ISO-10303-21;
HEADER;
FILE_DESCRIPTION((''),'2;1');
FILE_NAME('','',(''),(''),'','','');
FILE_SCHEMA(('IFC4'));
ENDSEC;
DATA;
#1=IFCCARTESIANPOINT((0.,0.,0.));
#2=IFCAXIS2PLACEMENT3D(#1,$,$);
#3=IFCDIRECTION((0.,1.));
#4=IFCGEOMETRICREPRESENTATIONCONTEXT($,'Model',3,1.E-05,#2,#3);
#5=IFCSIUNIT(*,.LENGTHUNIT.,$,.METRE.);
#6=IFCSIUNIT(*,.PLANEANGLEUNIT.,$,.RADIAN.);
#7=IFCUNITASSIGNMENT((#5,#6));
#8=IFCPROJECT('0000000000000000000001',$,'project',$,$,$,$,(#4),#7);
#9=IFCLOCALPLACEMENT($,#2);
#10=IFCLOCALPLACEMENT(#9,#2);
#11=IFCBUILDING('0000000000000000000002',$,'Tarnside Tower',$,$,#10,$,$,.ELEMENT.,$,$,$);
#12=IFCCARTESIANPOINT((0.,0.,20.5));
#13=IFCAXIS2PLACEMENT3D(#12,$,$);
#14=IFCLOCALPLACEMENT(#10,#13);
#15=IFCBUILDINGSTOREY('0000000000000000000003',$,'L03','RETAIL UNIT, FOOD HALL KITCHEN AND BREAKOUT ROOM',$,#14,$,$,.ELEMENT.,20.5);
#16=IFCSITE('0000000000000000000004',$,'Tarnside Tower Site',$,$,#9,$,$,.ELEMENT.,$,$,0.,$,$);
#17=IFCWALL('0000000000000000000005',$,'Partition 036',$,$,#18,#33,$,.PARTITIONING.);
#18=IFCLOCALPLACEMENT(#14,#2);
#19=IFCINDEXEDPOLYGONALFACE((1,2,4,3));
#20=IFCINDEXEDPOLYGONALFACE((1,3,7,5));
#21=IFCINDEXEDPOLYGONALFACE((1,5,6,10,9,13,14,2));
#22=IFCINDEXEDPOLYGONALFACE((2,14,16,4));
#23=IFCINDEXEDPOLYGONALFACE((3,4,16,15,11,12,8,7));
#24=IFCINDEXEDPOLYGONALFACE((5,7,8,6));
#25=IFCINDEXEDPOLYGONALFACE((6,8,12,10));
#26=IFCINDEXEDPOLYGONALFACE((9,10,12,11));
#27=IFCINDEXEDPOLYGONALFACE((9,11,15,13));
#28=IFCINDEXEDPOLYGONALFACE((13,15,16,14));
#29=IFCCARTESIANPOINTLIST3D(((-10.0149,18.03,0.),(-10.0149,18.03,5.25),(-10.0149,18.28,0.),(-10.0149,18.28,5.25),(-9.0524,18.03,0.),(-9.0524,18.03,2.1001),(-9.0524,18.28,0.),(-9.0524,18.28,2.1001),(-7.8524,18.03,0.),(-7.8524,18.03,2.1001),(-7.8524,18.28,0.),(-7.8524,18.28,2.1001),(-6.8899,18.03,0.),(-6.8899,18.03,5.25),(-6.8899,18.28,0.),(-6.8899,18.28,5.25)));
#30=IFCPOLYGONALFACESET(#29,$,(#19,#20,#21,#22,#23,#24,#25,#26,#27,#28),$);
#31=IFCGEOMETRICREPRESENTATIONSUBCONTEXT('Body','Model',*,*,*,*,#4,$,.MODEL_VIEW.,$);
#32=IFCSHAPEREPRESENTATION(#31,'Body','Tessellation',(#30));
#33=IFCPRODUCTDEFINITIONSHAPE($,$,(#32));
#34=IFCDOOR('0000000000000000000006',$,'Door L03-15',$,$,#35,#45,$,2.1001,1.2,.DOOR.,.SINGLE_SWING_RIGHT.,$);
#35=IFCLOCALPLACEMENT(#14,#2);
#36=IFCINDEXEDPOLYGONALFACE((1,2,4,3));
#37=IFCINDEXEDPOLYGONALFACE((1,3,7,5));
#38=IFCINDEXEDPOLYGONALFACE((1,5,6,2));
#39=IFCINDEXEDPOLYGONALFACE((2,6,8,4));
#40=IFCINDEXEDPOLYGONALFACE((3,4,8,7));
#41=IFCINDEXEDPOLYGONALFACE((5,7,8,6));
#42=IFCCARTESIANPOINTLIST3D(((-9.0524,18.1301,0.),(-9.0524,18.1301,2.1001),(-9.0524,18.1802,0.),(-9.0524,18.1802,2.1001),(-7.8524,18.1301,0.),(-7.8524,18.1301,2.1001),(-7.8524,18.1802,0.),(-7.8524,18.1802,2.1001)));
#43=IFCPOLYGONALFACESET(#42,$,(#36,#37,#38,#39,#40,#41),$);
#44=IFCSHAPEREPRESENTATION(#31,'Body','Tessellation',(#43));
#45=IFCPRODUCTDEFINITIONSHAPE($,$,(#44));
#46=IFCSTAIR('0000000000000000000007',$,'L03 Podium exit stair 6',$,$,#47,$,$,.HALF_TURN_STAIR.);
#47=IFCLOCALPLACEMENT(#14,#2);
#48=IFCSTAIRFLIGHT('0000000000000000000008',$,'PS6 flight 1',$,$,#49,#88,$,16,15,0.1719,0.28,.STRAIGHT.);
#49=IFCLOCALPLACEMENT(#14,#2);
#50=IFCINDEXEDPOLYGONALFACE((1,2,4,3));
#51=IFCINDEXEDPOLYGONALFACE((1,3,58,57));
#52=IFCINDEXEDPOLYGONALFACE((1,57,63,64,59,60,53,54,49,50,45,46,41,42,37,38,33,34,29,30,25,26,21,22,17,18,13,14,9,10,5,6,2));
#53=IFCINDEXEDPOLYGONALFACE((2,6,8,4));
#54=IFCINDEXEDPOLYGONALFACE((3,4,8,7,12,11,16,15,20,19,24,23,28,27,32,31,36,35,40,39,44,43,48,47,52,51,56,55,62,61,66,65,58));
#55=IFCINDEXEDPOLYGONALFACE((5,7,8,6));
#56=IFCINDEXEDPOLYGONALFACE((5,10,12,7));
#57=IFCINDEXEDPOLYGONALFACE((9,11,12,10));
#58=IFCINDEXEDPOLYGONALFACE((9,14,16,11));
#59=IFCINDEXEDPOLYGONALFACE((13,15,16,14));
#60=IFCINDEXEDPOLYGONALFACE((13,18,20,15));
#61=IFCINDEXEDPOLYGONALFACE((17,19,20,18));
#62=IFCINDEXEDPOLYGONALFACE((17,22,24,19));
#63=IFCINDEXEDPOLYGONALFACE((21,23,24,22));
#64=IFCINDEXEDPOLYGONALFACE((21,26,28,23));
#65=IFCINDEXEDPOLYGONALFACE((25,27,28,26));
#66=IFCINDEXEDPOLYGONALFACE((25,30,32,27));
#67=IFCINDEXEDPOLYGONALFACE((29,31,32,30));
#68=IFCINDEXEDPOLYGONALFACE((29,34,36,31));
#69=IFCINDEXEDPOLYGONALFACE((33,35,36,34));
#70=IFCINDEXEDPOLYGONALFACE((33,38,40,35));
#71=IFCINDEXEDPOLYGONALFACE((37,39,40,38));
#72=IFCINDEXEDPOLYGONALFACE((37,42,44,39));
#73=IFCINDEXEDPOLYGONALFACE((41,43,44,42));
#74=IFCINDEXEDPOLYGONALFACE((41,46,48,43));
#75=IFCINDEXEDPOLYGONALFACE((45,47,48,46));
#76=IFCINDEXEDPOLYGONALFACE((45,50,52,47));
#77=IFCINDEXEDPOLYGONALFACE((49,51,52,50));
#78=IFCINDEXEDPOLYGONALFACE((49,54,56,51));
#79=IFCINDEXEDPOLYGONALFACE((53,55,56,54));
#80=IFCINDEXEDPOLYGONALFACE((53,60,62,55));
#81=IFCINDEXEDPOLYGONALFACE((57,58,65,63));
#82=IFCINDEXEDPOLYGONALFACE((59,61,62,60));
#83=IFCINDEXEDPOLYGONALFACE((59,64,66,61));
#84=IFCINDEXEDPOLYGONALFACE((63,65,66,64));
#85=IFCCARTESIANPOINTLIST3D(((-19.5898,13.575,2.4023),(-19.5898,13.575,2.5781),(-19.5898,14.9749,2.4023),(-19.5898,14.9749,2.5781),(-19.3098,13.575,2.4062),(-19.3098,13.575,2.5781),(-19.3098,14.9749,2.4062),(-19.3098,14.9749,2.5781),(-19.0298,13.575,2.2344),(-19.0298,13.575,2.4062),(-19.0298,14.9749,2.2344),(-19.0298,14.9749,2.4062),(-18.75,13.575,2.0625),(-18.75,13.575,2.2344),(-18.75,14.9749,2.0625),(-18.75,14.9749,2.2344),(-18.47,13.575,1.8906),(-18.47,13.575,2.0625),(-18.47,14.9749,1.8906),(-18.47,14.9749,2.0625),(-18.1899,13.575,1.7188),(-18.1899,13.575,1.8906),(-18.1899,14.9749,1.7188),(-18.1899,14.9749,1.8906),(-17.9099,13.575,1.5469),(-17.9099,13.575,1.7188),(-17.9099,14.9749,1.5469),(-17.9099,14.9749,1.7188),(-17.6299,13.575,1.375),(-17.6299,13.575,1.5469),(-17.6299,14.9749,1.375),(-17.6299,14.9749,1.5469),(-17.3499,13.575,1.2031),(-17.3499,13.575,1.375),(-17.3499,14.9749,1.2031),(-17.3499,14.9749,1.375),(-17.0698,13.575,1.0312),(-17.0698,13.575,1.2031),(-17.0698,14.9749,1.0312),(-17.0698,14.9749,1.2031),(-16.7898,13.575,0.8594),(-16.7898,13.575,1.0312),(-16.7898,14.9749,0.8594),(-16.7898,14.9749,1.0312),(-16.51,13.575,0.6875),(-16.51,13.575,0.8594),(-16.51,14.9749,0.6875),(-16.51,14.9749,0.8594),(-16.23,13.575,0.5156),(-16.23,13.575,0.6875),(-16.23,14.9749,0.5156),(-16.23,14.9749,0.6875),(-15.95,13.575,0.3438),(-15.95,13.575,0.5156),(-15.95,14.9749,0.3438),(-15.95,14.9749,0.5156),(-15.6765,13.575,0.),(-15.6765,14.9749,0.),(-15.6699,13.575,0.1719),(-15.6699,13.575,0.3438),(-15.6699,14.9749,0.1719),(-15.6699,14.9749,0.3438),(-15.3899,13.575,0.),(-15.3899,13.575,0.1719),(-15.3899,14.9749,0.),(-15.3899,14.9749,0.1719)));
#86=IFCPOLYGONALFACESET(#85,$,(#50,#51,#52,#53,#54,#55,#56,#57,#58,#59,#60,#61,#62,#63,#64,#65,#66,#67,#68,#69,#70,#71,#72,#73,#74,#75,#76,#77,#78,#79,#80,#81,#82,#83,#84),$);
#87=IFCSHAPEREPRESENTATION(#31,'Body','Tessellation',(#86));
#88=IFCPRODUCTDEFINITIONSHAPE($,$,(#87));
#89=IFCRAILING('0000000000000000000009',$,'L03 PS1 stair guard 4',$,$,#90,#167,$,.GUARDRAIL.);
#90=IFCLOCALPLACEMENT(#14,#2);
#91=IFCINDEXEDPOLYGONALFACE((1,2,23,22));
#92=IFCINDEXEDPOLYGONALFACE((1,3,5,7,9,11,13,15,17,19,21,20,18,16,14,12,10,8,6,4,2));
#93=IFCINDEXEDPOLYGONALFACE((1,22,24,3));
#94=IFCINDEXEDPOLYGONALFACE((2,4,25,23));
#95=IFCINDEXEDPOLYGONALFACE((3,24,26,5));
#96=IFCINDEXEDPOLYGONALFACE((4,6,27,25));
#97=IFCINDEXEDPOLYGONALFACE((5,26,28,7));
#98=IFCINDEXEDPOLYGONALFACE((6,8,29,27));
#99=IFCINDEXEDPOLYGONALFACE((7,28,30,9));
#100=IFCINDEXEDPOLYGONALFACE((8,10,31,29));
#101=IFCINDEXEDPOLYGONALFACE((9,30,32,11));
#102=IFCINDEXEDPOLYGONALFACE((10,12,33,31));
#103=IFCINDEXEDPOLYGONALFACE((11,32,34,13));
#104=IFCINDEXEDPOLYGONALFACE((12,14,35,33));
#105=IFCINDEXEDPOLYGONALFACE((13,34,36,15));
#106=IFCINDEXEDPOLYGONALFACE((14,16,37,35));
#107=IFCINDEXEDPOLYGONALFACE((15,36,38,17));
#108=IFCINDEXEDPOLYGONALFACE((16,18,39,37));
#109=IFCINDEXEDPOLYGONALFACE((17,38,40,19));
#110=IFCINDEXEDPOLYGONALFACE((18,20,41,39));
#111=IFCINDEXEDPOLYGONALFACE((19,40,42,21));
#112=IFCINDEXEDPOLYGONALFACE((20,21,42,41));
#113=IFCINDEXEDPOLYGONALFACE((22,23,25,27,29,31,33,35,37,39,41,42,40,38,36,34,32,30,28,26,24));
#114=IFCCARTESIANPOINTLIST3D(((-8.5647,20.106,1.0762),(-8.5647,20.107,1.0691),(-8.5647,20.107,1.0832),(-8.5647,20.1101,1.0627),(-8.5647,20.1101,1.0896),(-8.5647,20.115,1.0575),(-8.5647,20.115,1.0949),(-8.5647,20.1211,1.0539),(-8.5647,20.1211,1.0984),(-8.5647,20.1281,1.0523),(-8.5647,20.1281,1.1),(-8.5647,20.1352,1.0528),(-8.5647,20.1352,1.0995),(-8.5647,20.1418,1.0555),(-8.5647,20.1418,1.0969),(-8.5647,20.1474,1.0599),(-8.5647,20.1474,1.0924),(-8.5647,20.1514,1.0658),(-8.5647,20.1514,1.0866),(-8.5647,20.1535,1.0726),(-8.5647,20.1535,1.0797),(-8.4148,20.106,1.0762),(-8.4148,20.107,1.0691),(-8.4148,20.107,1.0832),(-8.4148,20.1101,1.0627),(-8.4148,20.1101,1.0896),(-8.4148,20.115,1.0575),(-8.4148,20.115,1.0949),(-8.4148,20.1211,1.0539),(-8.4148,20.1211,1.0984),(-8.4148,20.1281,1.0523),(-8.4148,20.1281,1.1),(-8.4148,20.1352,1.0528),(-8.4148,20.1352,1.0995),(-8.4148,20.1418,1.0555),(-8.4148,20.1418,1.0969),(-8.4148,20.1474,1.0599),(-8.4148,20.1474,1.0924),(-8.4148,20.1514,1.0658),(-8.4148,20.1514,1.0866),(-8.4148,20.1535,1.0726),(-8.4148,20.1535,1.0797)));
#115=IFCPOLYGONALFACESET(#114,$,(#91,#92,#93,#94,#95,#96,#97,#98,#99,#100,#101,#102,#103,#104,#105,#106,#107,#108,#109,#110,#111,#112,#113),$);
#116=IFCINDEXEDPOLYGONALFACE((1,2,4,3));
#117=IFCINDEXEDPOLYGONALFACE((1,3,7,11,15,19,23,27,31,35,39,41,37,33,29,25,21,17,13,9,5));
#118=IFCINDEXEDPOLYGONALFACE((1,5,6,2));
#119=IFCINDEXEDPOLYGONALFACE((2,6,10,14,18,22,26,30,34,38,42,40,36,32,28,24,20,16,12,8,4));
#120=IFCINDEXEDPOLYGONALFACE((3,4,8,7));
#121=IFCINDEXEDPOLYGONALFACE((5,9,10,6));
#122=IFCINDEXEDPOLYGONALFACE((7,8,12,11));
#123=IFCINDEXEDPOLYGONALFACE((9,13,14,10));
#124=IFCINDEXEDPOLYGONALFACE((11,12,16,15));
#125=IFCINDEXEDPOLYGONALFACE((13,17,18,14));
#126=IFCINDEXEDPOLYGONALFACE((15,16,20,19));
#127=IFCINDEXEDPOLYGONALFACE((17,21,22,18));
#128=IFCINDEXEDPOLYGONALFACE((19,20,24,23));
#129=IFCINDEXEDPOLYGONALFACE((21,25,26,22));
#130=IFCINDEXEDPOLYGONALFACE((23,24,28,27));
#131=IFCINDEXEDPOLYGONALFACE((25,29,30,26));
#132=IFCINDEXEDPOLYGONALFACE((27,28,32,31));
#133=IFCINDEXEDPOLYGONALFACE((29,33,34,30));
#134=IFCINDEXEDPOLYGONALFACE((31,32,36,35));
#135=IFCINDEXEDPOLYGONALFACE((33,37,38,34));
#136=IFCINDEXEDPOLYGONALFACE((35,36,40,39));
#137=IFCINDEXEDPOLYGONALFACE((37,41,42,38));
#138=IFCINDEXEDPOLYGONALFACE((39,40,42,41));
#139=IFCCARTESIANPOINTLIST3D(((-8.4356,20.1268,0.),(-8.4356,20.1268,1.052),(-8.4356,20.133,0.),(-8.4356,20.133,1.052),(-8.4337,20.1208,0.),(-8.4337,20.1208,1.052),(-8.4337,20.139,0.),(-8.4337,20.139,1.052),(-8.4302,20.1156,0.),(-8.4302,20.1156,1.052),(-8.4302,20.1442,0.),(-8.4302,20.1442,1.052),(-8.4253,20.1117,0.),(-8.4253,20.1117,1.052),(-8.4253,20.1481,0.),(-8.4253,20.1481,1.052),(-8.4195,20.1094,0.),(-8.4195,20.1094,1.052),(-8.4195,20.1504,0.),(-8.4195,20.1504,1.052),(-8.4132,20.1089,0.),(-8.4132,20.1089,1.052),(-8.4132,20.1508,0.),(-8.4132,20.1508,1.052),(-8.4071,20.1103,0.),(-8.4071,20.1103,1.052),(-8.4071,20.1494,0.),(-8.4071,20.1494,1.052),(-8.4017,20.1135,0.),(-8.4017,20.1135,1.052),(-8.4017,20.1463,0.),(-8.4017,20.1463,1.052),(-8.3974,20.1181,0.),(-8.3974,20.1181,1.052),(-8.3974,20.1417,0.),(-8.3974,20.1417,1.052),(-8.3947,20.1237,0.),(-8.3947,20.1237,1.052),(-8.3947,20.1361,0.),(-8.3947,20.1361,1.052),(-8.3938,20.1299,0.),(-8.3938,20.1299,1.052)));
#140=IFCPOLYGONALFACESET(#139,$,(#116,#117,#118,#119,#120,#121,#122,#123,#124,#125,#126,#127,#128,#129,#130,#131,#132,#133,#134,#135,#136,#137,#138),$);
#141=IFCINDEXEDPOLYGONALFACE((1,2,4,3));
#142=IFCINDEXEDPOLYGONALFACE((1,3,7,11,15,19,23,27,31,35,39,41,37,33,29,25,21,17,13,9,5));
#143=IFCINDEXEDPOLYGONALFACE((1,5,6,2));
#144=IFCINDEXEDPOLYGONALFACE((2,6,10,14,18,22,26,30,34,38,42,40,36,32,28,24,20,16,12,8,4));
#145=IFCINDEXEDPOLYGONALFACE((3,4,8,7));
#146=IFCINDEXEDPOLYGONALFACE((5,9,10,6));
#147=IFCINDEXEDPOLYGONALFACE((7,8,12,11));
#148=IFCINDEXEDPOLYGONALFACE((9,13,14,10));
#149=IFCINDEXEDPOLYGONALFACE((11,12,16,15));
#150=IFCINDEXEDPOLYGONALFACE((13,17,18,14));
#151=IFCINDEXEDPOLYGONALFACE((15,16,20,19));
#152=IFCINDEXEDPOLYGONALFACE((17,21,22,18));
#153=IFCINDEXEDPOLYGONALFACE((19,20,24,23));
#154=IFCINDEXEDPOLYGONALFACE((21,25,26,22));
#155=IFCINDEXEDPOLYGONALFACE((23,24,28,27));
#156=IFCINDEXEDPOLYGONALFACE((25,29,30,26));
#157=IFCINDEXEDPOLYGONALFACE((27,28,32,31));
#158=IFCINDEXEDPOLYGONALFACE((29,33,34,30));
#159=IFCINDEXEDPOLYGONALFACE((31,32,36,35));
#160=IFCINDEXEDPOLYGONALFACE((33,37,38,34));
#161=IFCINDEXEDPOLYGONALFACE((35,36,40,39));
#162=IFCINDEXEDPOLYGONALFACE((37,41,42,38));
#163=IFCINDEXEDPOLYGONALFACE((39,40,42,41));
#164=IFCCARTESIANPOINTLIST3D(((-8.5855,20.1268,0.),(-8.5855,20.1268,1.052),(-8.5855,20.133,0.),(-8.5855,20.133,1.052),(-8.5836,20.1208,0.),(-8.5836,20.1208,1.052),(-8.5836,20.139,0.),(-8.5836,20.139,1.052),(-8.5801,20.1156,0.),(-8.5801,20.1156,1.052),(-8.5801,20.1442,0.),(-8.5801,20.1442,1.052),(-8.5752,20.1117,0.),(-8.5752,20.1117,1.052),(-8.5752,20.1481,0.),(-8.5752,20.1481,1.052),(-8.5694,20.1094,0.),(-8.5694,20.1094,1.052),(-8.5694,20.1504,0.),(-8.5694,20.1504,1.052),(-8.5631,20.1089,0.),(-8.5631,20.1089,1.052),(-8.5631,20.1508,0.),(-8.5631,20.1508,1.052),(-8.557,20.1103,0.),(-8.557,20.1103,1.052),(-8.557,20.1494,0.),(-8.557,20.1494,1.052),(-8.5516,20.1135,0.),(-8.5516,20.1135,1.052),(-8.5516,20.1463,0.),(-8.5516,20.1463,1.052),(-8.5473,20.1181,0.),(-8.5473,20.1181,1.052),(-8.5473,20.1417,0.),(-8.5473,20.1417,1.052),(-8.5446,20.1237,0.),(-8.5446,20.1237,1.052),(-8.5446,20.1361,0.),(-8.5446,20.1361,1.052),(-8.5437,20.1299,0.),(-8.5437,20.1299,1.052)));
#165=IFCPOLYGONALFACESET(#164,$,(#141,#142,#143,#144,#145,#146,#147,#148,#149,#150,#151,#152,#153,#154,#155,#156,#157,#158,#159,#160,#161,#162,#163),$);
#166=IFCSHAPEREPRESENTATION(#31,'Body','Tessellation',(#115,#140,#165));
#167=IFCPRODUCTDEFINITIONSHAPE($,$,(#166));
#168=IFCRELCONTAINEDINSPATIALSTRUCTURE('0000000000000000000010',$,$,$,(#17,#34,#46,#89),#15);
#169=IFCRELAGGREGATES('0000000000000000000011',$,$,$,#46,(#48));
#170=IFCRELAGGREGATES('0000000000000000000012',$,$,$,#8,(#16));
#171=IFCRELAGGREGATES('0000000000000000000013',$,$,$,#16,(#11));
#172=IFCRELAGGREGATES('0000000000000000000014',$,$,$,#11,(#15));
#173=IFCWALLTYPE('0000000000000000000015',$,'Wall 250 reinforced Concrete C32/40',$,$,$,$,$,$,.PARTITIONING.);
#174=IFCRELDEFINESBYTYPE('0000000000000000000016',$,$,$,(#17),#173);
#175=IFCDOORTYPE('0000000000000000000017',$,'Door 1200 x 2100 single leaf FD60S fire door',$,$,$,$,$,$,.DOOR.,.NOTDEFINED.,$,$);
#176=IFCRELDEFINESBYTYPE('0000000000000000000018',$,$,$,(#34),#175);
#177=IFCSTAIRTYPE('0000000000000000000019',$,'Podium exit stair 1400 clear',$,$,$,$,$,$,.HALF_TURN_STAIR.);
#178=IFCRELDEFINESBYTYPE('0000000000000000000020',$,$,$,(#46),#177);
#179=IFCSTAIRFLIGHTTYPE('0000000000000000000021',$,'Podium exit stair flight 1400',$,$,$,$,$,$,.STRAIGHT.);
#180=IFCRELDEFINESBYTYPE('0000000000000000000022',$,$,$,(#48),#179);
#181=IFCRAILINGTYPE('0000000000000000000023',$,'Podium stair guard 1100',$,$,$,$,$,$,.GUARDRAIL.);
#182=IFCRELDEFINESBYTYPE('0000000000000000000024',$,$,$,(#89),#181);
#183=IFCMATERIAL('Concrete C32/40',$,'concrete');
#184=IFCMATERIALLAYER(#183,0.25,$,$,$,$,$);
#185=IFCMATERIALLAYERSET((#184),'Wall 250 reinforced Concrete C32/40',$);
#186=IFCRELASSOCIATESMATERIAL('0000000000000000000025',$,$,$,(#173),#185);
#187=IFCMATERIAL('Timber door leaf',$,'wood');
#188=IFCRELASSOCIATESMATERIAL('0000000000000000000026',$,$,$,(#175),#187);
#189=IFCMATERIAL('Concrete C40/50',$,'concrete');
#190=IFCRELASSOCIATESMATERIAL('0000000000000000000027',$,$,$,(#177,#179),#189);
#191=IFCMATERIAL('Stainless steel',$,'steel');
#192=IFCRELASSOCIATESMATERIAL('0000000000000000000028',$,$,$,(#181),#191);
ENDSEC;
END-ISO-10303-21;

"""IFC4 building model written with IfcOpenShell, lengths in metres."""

from ifc_helpers import new_model, si_unit, direction, frame, frame_2d, origin, origin_2d, place, context, subcontext, project, spatial, polyline, rectangle, circle, outline, extrude, material, layer, layer_set, type_object, element, fill, aggregate, save


model = new_model("IFC4")

# Units and contexts
model_context = context("Model", 3, precision=1e-05, world=origin(), true_north=direction((0.0, 1.0)))
body_context = subcontext(model_context, "Body", "Model", "MODEL_VIEW")
ifc_project = project(units=[si_unit("LENGTHUNIT", "METRE"), si_unit("PLANEANGLEUNIT", "RADIAN")], contexts=[model_context])

# Site, building, storey
site_placement = place(None, origin())
site = spatial("IfcSite", under=ifc_project, at=site_placement, Name="Tarnside Tower Site", CompositionType="ELEMENT", RefElevation=0.0)
building_placement = place(site_placement, origin())
building = spatial("IfcBuilding", under=site, at=building_placement, Name="Tarnside Tower", CompositionType="ELEMENT")
storey_placement = place(building_placement, frame((0.0, 0.0, 20.5)))
storey = spatial("IfcBuildingStorey", under=building, at=storey_placement, Name="L03", Description="RETAIL UNIT, FOOD HALL KITCHEN AND BREAKOUT ROOM", CompositionType="ELEMENT", Elevation=20.5)

# Shared definitions
ifc_material_1 = material(Name="Timber door leaf", Category="wood")

# Shared definitions
ifc_material_2 = material(Name="Concrete C32/40", Category="concrete")
ifc_layer_1 = layer(ifc_material_2, 0.25)
ifc_layer_set_1 = layer_set([ifc_layer_1], Name="Wall 250 reinforced Concrete C32/40")
wall_type_1 = type_object("IfcWallType", Name="Wall 250 reinforced Concrete C32/40", PredefinedType="PARTITIONING", material=ifc_layer_set_1)
door_type_1 = type_object("IfcDoorType", Name="Door 1200 x 2100 single leaf FD60S fire door", OperationType="NOTDEFINED", PredefinedType="DOOR", material=ifc_material_1)

# Wall, opening, door
wall_1_placement = place(storey_placement, frame((-6.8899, 18.155, 0.0), z_axis=(0.0, 0.0, 1.0), x_axis=(-1.0, 0.0, 0.0)))
wall_1 = element("IfcWall", 1, at=wall_1_placement, inside=storey, type_object=wall_type_1, Name="Partition 036", PredefinedType="PARTITIONING", context=body_context, shape_type="SweptSolid", body=[
    extrude(rectangle(XDim=3.125, YDim=0.25, at=frame_2d((1.5625, 0.0))), origin(), (0.0, 0.0, 1.0), 5.25),
])
opening_1_placement = place(wall_1_placement, frame((0.9624, 0.0, 0.0)))
opening_1 = element("IfcOpeningElement", 2, at=opening_1_placement, cuts=wall_1, PredefinedType="OPENING", context=body_context, shape_type="SweptSolid", body=[
    extrude(rectangle(XDim=1.2, YDim=2.1001, at=frame_2d((0.6001, 1.05))), frame((0.0, 0.135, 0.0), z_axis=(0.0, -1.0, 0.0), x_axis=(1.0, 0.0, 0.0)), (0.0, 0.0, 1.0), 0.27),
])
door_1_placement = place(opening_1_placement, origin())
door_1 = element("IfcDoor", 3, at=door_1_placement, inside=storey, type_object=door_type_1, Name="Door L03-15", OperationType="SINGLE_SWING_RIGHT", OverallHeight=2.1001, OverallWidth=1.2, PredefinedType="DOOR", context=body_context, shape_type="SweptSolid", body=[
    extrude(rectangle(XDim=1.2, YDim=2.1001, at=frame_2d((0.6001, 1.05))), frame((0.0, 0.0249, 0.0), z_axis=(0.0, -1.0, 0.0), x_axis=(1.0, 0.0, 0.0)), (0.0, 0.0, 1.0), 0.05),
])
fill(opening_1, door_1)

# Stair, stair flight
ifc_material_3 = material(Name="Concrete C40/50", Category="concrete")
stair_type = type_object("IfcStairType", Name="Podium exit stair 1400 clear", PredefinedType="HALF_TURN_STAIR", material=ifc_material_3)
stair_placement = place(storey_placement, origin())
stair = element("IfcStair", 4, at=stair_placement, inside=storey, type_object=stair_type, Name="L03 Podium exit stair 6", PredefinedType="HALF_TURN_STAIR")
stair_flight_type = type_object("IfcStairFlightType", Name="Podium exit stair flight 1400", PredefinedType="STRAIGHT", material=ifc_material_3)
stair_flight_placement = place(storey_placement, frame((-15.3899, 14.2749, 0.0), z_axis=(0.0, 0.0, 1.0), x_axis=(-1.0, 0.0, 0.0)))
stair_flight = element("IfcStairFlight", 5, at=stair_flight_placement, type_object=stair_flight_type, Name="PS6 flight 1", NumberOfRisers=16, NumberOfTreads=15, PredefinedType="STRAIGHT", RiserHeight=0.1719, TreadLength=0.28, context=body_context, shape_type="SweptSolid", body=[
    extrude(outline(polyline([(0.0, 0.0), (0.0, 0.1719), (0.28, 0.1719), (0.28, 0.3438), (0.5601, 0.3438), (0.5601, 0.5156), (0.8401, 0.5156), (0.8401, 0.6875), (1.1201, 0.6875), (1.1201, 0.8594), (1.3999, 0.8594), (1.3999, 1.0312), (1.6799, 1.0312), (1.6799, 1.2031), (1.96, 1.2031), (1.96, 1.375), (2.24, 1.375), (2.24, 1.5469), (2.52, 1.5469), (2.52, 1.7188), (2.8, 1.7188), (2.8, 1.8906), (3.0801, 1.8906), (3.0801, 2.0625), (3.3601, 2.0625), (3.3601, 2.2344), (3.6399, 2.2344), (3.6399, 2.4062), (3.9199, 2.4062), (3.9199, 2.5781), (4.2, 2.5781), (4.2, 2.75), (4.2, 2.4023), (0.2866, 0.0), (0.0, 0.0)])), frame((0.0, 0.7, 0.0), z_axis=(0.0, -1.0, 0.0), x_axis=(1.0, 0.0, 0.0)), (0.0, 0.0, 1.0), 1.3999),
])
aggregate(stair, [stair_flight])

# Railing
ifc_material_4 = material(Name="Stainless steel", Category="steel")
railing_type_1 = type_object("IfcRailingType", Name="Podium stair guard 1100", PredefinedType="GUARDRAIL", material=ifc_material_4)
railing_1_placement = place(storey_placement, frame((-8.4148, 20.1299, 0.0)))
element("IfcRailing", 6, at=railing_1_placement, inside=storey, type_object=railing_type_1, Name="L03 PS1 stair guard 4", PredefinedType="GUARDRAIL", context=body_context, shape_type="SweptSolid", body=[
    extrude(circle(Radius=0.0239, at=origin_2d()), frame((0.0, 0.0, 1.0762), z_axis=(-1.0, 0.0, 0.0), x_axis=(0.0, -1.0, 0.0)), (0.0, 0.0, 1.0), 0.1499),
    extrude(circle(Radius=0.021, at=origin_2d()), origin(), (0.0, 0.0, 1.0), 1.052),
    extrude(circle(Radius=0.021, at=origin_2d()), frame((-0.1499, 0.0, 0.0)), (0.0, 0.0, 1.0), 1.052),
])

save(model, "model.ifc")
